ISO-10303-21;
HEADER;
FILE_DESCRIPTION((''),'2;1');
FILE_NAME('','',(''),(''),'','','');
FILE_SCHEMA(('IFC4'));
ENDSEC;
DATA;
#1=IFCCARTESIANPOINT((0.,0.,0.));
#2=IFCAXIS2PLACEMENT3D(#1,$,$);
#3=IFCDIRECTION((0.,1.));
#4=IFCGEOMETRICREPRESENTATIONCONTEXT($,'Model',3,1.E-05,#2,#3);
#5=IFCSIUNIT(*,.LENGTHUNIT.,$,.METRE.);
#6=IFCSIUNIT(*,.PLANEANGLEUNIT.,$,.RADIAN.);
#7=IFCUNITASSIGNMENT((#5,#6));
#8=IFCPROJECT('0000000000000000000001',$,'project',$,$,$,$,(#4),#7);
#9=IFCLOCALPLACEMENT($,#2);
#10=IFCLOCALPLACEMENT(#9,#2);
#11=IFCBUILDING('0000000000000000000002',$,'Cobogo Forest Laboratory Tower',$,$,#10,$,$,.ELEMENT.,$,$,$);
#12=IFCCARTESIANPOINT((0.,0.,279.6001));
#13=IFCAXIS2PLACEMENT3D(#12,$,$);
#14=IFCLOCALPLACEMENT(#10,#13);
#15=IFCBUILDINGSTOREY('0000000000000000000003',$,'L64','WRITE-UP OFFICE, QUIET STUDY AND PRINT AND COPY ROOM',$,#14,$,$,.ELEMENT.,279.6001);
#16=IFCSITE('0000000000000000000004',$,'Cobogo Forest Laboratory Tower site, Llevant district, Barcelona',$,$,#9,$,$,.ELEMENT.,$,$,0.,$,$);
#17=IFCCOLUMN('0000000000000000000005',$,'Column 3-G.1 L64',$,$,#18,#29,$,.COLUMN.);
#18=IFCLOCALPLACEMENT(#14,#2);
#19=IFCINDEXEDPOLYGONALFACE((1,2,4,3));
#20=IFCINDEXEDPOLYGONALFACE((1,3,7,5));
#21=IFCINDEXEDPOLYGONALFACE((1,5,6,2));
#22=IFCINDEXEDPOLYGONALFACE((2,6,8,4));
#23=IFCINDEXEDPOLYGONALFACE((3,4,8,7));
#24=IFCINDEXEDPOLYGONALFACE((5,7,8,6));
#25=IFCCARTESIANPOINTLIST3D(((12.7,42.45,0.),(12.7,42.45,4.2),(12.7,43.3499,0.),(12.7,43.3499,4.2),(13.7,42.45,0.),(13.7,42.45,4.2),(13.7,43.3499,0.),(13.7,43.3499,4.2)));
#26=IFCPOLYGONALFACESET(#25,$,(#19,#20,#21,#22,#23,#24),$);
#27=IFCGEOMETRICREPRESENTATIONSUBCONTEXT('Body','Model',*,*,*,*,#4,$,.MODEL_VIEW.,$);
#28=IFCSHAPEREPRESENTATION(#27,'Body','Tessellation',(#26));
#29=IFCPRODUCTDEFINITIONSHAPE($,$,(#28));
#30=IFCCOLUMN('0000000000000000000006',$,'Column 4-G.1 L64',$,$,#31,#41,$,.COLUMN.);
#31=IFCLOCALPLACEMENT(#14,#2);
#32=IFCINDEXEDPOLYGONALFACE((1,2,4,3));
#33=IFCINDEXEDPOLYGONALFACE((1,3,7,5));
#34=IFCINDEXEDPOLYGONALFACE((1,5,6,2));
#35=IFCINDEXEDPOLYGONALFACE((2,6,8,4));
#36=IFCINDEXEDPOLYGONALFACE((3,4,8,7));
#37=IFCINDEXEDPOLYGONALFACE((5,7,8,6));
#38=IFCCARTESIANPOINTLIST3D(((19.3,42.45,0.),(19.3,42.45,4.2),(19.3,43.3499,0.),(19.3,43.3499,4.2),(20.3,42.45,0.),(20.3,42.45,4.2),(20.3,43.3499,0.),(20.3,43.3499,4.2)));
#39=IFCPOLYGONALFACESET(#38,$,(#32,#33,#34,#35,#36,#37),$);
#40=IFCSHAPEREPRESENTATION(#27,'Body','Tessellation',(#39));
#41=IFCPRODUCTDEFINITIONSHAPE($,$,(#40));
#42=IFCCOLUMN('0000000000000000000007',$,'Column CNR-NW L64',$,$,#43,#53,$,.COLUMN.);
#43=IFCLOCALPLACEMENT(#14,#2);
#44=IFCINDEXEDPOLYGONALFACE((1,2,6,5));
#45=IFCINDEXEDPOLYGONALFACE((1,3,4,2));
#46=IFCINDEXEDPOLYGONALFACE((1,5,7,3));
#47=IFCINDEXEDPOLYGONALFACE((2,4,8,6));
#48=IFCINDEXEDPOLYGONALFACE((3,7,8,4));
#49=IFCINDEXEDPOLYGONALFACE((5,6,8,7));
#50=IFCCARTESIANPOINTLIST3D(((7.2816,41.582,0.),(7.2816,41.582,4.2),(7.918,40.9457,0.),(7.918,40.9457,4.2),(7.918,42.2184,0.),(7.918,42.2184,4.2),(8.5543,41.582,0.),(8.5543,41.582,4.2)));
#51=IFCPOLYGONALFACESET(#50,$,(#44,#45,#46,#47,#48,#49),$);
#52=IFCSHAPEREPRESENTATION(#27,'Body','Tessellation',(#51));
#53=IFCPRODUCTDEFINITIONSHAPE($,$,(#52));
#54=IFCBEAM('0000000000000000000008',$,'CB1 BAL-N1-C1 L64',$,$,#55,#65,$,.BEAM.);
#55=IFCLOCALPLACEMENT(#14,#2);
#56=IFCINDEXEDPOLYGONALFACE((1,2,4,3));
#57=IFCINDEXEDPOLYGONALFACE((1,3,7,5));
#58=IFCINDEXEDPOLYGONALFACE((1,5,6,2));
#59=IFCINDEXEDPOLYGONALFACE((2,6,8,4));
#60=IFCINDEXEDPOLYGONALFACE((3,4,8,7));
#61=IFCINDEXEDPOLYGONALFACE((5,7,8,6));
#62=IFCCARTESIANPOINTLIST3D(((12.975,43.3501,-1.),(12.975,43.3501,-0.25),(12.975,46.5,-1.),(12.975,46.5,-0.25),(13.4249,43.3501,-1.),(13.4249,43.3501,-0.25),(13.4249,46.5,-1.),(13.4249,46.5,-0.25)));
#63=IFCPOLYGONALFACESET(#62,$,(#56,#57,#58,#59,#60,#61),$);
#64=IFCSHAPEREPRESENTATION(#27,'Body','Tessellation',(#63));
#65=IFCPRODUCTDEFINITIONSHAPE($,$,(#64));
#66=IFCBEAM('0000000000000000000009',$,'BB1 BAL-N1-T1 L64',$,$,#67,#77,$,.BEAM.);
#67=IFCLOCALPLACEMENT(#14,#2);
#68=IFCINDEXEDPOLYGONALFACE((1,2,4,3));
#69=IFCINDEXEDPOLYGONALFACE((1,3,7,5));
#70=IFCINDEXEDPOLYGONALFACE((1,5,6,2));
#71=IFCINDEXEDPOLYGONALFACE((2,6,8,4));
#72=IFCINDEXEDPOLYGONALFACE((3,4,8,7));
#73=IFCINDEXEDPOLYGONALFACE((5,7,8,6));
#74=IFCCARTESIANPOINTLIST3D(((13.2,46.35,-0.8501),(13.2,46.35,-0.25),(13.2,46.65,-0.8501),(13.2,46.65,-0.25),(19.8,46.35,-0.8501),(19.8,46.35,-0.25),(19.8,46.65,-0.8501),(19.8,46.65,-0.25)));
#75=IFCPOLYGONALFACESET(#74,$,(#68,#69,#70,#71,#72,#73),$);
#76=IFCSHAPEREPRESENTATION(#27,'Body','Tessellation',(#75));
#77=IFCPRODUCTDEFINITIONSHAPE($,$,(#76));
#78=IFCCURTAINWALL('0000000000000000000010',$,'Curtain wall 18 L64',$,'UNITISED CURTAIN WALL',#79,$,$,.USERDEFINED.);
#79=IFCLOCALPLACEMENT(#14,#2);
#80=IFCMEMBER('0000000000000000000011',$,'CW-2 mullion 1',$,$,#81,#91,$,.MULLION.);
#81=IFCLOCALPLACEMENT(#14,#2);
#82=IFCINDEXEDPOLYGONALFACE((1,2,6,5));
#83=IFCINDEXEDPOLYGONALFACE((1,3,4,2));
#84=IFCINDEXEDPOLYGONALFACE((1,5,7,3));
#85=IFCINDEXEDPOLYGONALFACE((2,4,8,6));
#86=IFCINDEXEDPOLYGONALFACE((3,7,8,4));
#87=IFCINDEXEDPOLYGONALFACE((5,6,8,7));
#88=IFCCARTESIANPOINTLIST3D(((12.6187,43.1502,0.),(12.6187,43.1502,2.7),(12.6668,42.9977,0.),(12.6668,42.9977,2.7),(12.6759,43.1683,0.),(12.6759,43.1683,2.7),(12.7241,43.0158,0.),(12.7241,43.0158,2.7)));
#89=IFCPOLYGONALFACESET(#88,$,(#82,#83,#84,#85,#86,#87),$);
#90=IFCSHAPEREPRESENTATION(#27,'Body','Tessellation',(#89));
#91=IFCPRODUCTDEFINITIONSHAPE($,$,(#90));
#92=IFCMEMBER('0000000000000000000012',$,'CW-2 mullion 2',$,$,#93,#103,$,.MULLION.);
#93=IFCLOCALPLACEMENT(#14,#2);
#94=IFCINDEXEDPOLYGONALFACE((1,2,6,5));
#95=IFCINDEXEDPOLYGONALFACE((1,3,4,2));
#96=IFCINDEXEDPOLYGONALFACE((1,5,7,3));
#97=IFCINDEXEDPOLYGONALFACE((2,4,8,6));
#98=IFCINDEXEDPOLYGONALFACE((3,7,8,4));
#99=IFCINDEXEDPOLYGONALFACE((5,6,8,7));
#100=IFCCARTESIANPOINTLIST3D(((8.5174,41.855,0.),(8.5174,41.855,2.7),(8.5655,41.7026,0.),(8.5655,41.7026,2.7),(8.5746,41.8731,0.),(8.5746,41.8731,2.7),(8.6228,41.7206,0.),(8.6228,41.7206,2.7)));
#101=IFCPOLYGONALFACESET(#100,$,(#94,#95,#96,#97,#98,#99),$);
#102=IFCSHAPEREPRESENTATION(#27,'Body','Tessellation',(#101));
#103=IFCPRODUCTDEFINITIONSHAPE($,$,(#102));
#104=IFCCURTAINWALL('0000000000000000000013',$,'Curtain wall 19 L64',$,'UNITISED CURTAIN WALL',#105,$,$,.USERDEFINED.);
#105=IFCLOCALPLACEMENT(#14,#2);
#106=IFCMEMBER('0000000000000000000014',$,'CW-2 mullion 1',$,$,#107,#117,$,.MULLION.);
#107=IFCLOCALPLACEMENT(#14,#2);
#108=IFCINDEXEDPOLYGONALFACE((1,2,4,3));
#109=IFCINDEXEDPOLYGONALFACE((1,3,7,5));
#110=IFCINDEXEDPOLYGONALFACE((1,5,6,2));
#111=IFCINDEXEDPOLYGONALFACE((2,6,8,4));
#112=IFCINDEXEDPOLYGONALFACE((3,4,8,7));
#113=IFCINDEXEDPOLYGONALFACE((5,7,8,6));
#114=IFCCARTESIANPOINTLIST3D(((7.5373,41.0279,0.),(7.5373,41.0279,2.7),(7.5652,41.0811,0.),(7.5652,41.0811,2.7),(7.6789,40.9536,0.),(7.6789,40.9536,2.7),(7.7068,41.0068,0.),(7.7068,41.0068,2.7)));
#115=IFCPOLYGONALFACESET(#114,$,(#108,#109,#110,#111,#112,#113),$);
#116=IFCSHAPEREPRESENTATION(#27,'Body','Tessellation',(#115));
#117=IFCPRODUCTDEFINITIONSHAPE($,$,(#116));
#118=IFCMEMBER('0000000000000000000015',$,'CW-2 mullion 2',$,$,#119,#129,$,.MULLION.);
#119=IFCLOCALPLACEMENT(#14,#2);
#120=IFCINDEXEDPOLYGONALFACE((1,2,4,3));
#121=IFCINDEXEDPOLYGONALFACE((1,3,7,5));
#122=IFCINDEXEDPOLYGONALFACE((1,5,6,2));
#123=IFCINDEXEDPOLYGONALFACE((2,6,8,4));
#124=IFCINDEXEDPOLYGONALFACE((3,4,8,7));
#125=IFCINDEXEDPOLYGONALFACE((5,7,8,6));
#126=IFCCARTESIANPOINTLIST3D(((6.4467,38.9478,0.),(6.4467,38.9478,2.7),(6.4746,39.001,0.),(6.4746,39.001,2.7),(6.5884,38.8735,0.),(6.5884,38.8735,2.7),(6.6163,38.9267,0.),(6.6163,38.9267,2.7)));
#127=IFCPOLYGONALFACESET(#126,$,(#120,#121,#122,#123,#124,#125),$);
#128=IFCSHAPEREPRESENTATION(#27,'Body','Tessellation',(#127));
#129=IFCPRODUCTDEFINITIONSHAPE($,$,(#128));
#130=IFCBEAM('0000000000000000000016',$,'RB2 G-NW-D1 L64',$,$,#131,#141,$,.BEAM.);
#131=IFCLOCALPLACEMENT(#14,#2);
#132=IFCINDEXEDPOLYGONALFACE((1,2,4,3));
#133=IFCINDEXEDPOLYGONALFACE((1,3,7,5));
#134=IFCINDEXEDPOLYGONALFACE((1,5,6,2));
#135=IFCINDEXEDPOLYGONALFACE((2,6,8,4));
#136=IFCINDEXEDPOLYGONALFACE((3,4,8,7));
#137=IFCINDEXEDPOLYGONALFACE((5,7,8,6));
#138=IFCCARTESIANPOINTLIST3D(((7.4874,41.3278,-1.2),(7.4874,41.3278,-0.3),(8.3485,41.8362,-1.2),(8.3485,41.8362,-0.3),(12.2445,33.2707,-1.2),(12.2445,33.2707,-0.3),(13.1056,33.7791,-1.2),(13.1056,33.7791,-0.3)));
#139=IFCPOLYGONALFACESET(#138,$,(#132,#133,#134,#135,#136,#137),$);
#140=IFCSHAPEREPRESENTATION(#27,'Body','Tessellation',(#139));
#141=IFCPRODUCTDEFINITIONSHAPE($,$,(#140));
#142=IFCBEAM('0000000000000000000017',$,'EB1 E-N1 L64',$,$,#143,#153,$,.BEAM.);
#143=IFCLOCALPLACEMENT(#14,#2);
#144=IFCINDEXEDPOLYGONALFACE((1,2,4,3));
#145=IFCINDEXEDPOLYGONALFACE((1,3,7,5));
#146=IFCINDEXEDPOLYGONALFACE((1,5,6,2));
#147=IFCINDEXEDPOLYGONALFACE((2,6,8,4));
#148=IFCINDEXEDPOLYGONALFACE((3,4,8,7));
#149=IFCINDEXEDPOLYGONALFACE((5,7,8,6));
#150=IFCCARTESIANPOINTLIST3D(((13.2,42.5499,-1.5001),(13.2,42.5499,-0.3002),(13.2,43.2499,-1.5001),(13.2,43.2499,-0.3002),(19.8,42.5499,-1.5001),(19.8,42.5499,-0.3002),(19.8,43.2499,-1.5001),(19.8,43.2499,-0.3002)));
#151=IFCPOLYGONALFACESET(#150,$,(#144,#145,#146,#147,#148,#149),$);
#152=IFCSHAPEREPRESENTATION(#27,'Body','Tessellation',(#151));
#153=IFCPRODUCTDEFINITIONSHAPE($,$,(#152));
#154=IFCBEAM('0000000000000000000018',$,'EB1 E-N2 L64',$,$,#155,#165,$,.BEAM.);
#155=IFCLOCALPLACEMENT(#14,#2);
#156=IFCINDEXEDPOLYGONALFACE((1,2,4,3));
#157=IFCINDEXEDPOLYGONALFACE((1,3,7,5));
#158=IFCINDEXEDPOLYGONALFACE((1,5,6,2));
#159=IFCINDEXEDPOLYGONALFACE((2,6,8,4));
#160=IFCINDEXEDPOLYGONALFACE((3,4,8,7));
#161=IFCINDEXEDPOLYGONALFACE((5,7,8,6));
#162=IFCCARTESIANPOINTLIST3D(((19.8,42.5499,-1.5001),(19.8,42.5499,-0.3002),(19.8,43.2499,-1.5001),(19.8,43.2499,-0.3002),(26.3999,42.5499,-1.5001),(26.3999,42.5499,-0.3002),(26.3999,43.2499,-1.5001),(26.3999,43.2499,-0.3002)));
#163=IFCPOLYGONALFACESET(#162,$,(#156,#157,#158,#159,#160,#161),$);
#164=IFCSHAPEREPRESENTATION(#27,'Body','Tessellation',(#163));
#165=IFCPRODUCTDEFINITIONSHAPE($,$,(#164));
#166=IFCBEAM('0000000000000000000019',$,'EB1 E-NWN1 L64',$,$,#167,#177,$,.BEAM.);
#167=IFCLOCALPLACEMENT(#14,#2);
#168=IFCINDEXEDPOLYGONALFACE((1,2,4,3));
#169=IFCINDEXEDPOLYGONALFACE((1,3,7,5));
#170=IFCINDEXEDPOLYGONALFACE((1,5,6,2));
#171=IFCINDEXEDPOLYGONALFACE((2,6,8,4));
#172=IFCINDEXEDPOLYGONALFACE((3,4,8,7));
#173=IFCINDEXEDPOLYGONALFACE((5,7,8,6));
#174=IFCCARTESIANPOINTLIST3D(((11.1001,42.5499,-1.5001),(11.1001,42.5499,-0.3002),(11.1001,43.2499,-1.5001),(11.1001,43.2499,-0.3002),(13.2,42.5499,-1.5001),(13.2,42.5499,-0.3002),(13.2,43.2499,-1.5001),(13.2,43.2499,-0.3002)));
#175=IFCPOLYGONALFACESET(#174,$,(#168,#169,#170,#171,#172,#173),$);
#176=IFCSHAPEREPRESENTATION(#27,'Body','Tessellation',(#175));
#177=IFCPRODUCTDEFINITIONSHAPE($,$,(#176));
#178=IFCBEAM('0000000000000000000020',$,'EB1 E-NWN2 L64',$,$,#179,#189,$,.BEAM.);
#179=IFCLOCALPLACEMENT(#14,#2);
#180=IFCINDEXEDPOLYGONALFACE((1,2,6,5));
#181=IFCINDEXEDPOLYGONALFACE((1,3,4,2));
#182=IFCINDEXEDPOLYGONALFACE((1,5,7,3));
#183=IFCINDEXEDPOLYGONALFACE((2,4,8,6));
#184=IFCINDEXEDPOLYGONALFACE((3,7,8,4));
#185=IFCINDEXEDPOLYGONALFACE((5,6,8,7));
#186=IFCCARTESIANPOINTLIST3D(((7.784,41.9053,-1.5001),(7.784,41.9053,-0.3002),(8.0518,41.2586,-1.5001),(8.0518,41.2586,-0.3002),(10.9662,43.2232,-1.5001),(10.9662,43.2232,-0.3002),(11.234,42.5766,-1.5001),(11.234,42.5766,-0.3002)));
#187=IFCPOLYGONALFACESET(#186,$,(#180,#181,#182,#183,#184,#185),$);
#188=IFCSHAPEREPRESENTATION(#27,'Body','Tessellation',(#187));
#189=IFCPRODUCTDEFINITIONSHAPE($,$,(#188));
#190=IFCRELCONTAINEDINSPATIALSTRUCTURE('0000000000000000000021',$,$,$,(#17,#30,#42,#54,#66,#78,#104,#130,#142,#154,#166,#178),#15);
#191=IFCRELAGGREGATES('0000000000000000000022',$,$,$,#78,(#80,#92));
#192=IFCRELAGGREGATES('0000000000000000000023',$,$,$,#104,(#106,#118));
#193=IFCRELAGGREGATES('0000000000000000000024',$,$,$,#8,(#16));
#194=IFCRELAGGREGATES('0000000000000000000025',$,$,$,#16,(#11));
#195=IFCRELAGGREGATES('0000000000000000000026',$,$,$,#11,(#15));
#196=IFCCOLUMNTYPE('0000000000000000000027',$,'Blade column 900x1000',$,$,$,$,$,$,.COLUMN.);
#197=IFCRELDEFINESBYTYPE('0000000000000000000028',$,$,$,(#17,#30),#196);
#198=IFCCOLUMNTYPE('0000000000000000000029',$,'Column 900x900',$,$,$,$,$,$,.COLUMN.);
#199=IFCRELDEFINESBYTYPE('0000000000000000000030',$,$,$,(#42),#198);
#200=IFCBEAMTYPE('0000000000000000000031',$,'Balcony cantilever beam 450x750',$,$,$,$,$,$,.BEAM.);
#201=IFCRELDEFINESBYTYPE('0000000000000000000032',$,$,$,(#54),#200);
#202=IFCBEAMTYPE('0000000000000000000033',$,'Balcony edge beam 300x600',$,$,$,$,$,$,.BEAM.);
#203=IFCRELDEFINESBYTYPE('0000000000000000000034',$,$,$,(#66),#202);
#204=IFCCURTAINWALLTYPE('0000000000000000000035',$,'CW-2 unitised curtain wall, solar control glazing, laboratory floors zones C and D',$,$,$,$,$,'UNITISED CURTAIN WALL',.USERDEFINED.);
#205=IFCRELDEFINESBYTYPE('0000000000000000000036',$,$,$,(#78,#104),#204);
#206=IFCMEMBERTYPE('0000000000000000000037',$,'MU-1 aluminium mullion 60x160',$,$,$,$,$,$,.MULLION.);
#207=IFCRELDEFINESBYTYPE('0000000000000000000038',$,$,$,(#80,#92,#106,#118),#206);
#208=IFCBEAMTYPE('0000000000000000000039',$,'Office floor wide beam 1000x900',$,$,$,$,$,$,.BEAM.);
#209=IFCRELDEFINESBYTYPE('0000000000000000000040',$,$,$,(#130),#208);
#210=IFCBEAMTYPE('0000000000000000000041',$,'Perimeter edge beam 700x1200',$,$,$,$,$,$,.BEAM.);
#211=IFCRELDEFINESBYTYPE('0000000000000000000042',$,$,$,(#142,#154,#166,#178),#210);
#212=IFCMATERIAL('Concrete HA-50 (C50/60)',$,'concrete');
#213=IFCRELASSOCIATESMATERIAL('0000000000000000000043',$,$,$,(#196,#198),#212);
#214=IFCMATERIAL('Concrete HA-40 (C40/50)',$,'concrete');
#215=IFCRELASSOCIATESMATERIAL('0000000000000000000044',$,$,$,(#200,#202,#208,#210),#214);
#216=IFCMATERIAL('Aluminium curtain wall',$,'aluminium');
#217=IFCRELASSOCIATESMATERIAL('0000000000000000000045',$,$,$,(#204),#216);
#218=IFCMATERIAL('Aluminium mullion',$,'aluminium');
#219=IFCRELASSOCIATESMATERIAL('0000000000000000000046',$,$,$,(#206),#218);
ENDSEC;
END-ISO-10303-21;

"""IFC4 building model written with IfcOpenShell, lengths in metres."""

from ifc_helpers import new_model, si_unit, direction, frame, origin, origin_2d, place, context, subcontext, project, spatial, rectangle, extrude, material, material_profile, profile_set, type_object, element, aggregate, save


model = new_model("IFC4")

# Units and contexts
model_context = context("Model", 3, precision=1e-05, world=origin(), true_north=direction((0.0, 1.0)))
body_context = subcontext(model_context, "Body", "Model", "MODEL_VIEW")
ifc_project = project(units=[si_unit("LENGTHUNIT", "METRE"), si_unit("PLANEANGLEUNIT", "RADIAN")], contexts=[model_context])

# Site, building, storey
site_placement = place(None, origin())
site = spatial("IfcSite", under=ifc_project, at=site_placement, Name="Cobogo Forest Laboratory Tower site, Llevant district, Barcelona", CompositionType="ELEMENT", RefElevation=0.0)
building_placement = place(site_placement, origin())
building = spatial("IfcBuilding", under=site, at=building_placement, Name="Cobogo Forest Laboratory Tower", CompositionType="ELEMENT")
storey_placement = place(building_placement, frame((0.0, 0.0, 279.6001)))
storey = spatial("IfcBuildingStorey", under=building, at=storey_placement, Name="L64", Description="WRITE-UP OFFICE, QUIET STUDY AND PRINT AND COPY ROOM", CompositionType="ELEMENT", Elevation=279.6001)

# Columns
ifc_material_1 = material(Name="Concrete HA-50 (C50/60)", Category="concrete")
ifc_material_profile_1 = material_profile(ifc_material_1, rectangle(XDim=1.0, YDim=0.8999, at=origin_2d()), Name="RC 900x1000")
ifc_profile_set_1 = profile_set([ifc_material_profile_1], Name="Concrete HA-50 (C50/60)")
column_type_1 = type_object("IfcColumnType", Name="Blade column 900x1000", PredefinedType="COLUMN", material=ifc_profile_set_1)
for number, where, z_axis, x_axis, name in (
    (1, (13.2, 42.8999, 0.0), (0.0, 0.0, 1.0), (1.0, 0.0, 0.0), "Column 3-G.1 L64"),
    (2, (19.8, 42.8999, 0.0), (0.0, 0.0, 1.0), (1.0, 0.0, 0.0), "Column 4-G.1 L64"),
):
    element("IfcColumn", number, at=place(storey_placement, frame(where, z_axis=z_axis, x_axis=x_axis)), inside=storey, type_object=column_type_1, Name=name, PredefinedType="COLUMN", context=body_context, shape_type="SweptSolid", body=[
        extrude(rectangle(XDim=1.0, YDim=0.8999, at=origin_2d()), origin(), (0.0, 0.0, 1.0), 4.2),
    ])
ifc_material_profile_2 = material_profile(ifc_material_1, rectangle(XDim=0.8999, YDim=0.8999, at=origin_2d()), Name="RC 900x900")
ifc_profile_set_2 = profile_set([ifc_material_profile_2], Name="Concrete HA-50 (C50/60)")
column_type_2 = type_object("IfcColumnType", Name="Column 900x900", PredefinedType="COLUMN", material=ifc_profile_set_2)
column_placement = place(storey_placement, frame((7.918, 41.582, 0.0), z_axis=(0.0, 0.0, 1.0), x_axis=(0.707107, 0.707107, 0.0)))
element("IfcColumn", 3, at=column_placement, inside=storey, type_object=column_type_2, Name="Column CNR-NW L64", PredefinedType="COLUMN", context=body_context, shape_type="SweptSolid", body=[
    extrude(rectangle(XDim=0.8999, YDim=0.8999, at=origin_2d()), origin(), (0.0, 0.0, 1.0), 4.2),
])

# Beams
ifc_material_2 = material(Name="Concrete HA-40 (C40/50)", Category="concrete")
ifc_material_profile_3 = material_profile(ifc_material_2, rectangle(XDim=0.45, YDim=0.75, at=origin_2d()), Name="RC 450x750")
ifc_profile_set_3 = profile_set([ifc_material_profile_3], Name="Concrete HA-40 (C40/50)")
beam_type_1 = type_object("IfcBeamType", Name="Balcony cantilever beam 450x750", PredefinedType="BEAM", material=ifc_profile_set_3)
beam_1_placement = place(storey_placement, frame((13.2, 43.3501, -0.625), z_axis=(0.0, 1.0, 0.0), x_axis=(-1.0, 0.0, 0.0)))
element("IfcBeam", 4, at=beam_1_placement, inside=storey, type_object=beam_type_1, Name="CB1 BAL-N1-C1 L64", PredefinedType="BEAM", context=body_context, shape_type="SweptSolid", body=[
    extrude(rectangle(XDim=0.45, YDim=0.75, at=origin_2d()), origin(), (0.0, 0.0, 1.0), 3.1499),
])
ifc_material_profile_4 = material_profile(ifc_material_2, rectangle(XDim=0.3, YDim=0.6001, at=origin_2d()), Name="RC 300x600")
ifc_profile_set_4 = profile_set([ifc_material_profile_4], Name="Concrete HA-40 (C40/50)")
beam_type_2 = type_object("IfcBeamType", Name="Balcony edge beam 300x600", PredefinedType="BEAM", material=ifc_profile_set_4)
beam_2_placement = place(storey_placement, frame((13.2, 46.5, -0.55), z_axis=(1.0, 0.0, 0.0), x_axis=(0.0, 1.0, 0.0)))
element("IfcBeam", 5, at=beam_2_placement, inside=storey, type_object=beam_type_2, Name="BB1 BAL-N1-T1 L64", PredefinedType="BEAM", context=body_context, shape_type="SweptSolid", body=[
    extrude(rectangle(XDim=0.3, YDim=0.6001, at=origin_2d()), origin(), (0.0, 0.0, 1.0), 6.6001),
])

# Curtain walls, members
ifc_material_3 = material(Name="Aluminium curtain wall", Category="aluminium")
curtain_wall_type = type_object("IfcCurtainWallType", Name="CW-2 unitised curtain wall, solar control glazing, laboratory floors zones C and D", ElementType="UNITISED CURTAIN WALL", PredefinedType="USERDEFINED", material=ifc_material_3)
curtain_wall_1_placement = place(storey_placement, origin())
curtain_wall_1 = element("IfcCurtainWall", 6, at=curtain_wall_1_placement, inside=storey, type_object=curtain_wall_type, Name="Curtain wall 18 L64", ObjectType="UNITISED CURTAIN WALL", PredefinedType="USERDEFINED")
ifc_material_4 = material(Name="Aluminium mullion", Category="aluminium")
ifc_material_profile_5 = material_profile(ifc_material_4, rectangle(XDim=0.0601, YDim=0.1599, at=origin_2d()), Name="AL 60x160")
ifc_profile_set_5 = profile_set([ifc_material_profile_5], Name="Aluminium mullion")
member_type_1 = type_object("IfcMemberType", Name="MU-1 aluminium mullion 60x160", PredefinedType="MULLION", material=ifc_profile_set_5)
member_1_placement = place(storey_placement, frame((12.6714, 43.083, 0.0), z_axis=(0.0, 0.0, 1.0), x_axis=(-0.953581, -0.301135, 0.0)))
member_1 = element("IfcMember", 7, at=member_1_placement, type_object=member_type_1, Name="CW-2 mullion 1", PredefinedType="MULLION", context=body_context, shape_type="SweptSolid", body=[
    extrude(rectangle(XDim=0.0601, YDim=0.1599, at=origin_2d()), origin(), (0.0, 0.0, 1.0), 2.7),
])
member_2_placement = place(storey_placement, frame((8.5701, 41.7878, 0.0), z_axis=(0.0, 0.0, 1.0), x_axis=(-0.953581, -0.301135, 0.0)))
member_2 = element("IfcMember", 8, at=member_2_placement, type_object=member_type_1, Name="CW-2 mullion 2", PredefinedType="MULLION", context=body_context, shape_type="SweptSolid", body=[
    extrude(rectangle(XDim=0.0601, YDim=0.1599, at=origin_2d()), origin(), (0.0, 0.0, 1.0), 2.7),
])
curtain_wall_2_placement = place(storey_placement, origin())
curtain_wall_2 = element("IfcCurtainWall", 9, at=curtain_wall_2_placement, inside=storey, type_object=curtain_wall_type, Name="Curtain wall 19 L64", ObjectType="UNITISED CURTAIN WALL", PredefinedType="USERDEFINED")
member_3_placement = place(storey_placement, frame((7.6221, 41.0173, 0.0), z_axis=(0.0, 0.0, 1.0), x_axis=(-0.464284, -0.885686, 0.0)))
member_3 = element("IfcMember", 10, at=member_3_placement, type_object=member_type_1, Name="CW-2 mullion 1", PredefinedType="MULLION", context=body_context, shape_type="SweptSolid", body=[
    extrude(rectangle(XDim=0.0601, YDim=0.1599, at=origin_2d()), origin(), (0.0, 0.0, 1.0), 2.7),
])
member_4_placement = place(storey_placement, frame((6.5315, 38.9373, 0.0), z_axis=(0.0, 0.0, 1.0), x_axis=(-0.464284, -0.885686, 0.0)))
member_4 = element("IfcMember", 11, at=member_4_placement, type_object=member_type_1, Name="CW-2 mullion 2", PredefinedType="MULLION", context=body_context, shape_type="SweptSolid", body=[
    extrude(rectangle(XDim=0.0601, YDim=0.1599, at=origin_2d()), origin(), (0.0, 0.0, 1.0), 2.7),
])

# Beams
ifc_material_profile_6 = material_profile(ifc_material_2, rectangle(XDim=1.0, YDim=0.8999, at=origin_2d()), Name="RC 1000x900")
ifc_profile_set_6 = profile_set([ifc_material_profile_6], Name="Concrete HA-40 (C40/50)")
beam_type_3 = type_object("IfcBeamType", Name="Office floor wide beam 1000x900", PredefinedType="BEAM", material=ifc_profile_set_6)
beam_3_placement = place(storey_placement, frame((7.918, 41.582, -0.75), z_axis=(0.508416, -0.861111, 0.0), x_axis=(0.861111, 0.508416, 0.0)))
element("IfcBeam", 12, at=beam_3_placement, inside=storey, type_object=beam_type_3, Name="RB2 G-NW-D1 L64", PredefinedType="BEAM", context=body_context, shape_type="SweptSolid", body=[
    extrude(rectangle(XDim=1.0, YDim=0.8999, at=origin_2d()), origin(), (0.0, 0.0, 1.0), 9.3567),
])
ifc_material_profile_7 = material_profile(ifc_material_2, rectangle(XDim=0.7, YDim=1.2, at=origin_2d()), Name="RC 700x1200")
ifc_profile_set_7 = profile_set([ifc_material_profile_7], Name="Concrete HA-40 (C40/50)")
beam_type_4 = type_object("IfcBeamType", Name="Perimeter edge beam 700x1200", PredefinedType="BEAM", material=ifc_profile_set_7)
beam_4_placement = place(storey_placement, frame((13.2, 42.8999, -0.9001), z_axis=(1.0, 0.0, 0.0), x_axis=(0.0, 1.0, 0.0)))
element("IfcBeam", 13, at=beam_4_placement, inside=storey, type_object=beam_type_4, Name="EB1 E-N1 L64", PredefinedType="BEAM", context=body_context, shape_type="SweptSolid", body=[
    extrude(rectangle(XDim=0.7, YDim=1.2, at=origin_2d()), origin(), (0.0, 0.0, 1.0), 6.6001),
])
beam_5_placement = place(storey_placement, frame((19.8, 42.8999, -0.9001), z_axis=(1.0, 0.0, 0.0), x_axis=(0.0, 1.0, 0.0)))
element("IfcBeam", 14, at=beam_5_placement, inside=storey, type_object=beam_type_4, Name="EB1 E-N2 L64", PredefinedType="BEAM", context=body_context, shape_type="SweptSolid", body=[
    extrude(rectangle(XDim=0.7, YDim=1.2, at=origin_2d()), origin(), (0.0, 0.0, 1.0), 6.5999),
])
beam_6_placement = place(storey_placement, frame((13.2, 42.8999, -0.9001), z_axis=(-1.0, 0.0, 0.0), x_axis=(0.0, -1.0, 0.0)))
element("IfcBeam", 15, at=beam_6_placement, inside=storey, type_object=beam_type_4, Name="EB1 E-NWN1 L64", PredefinedType="BEAM", context=body_context, shape_type="SweptSolid", body=[
    extrude(rectangle(XDim=0.7, YDim=1.2, at=origin_2d()), origin(), (0.0, 0.0, 1.0), 2.0999),
])
beam_7_placement = place(storey_placement, frame((11.1001, 42.8999, -0.9001), z_axis=(-0.923901, -0.382631, 0.0), x_axis=(0.382631, -0.923901, 0.0)))
element("IfcBeam", 16, at=beam_7_placement, inside=storey, type_object=beam_type_4, Name="EB1 E-NWN2 L64", PredefinedType="BEAM", context=body_context, shape_type="SweptSolid", body=[
    extrude(rectangle(XDim=0.7, YDim=1.2, at=origin_2d()), origin(), (0.0, 0.0, 1.0), 3.4443),
])

aggregate(curtain_wall_1, [member_1, member_2])
aggregate(curtain_wall_2, [member_3, member_4])

save(model, "model.ifc")
